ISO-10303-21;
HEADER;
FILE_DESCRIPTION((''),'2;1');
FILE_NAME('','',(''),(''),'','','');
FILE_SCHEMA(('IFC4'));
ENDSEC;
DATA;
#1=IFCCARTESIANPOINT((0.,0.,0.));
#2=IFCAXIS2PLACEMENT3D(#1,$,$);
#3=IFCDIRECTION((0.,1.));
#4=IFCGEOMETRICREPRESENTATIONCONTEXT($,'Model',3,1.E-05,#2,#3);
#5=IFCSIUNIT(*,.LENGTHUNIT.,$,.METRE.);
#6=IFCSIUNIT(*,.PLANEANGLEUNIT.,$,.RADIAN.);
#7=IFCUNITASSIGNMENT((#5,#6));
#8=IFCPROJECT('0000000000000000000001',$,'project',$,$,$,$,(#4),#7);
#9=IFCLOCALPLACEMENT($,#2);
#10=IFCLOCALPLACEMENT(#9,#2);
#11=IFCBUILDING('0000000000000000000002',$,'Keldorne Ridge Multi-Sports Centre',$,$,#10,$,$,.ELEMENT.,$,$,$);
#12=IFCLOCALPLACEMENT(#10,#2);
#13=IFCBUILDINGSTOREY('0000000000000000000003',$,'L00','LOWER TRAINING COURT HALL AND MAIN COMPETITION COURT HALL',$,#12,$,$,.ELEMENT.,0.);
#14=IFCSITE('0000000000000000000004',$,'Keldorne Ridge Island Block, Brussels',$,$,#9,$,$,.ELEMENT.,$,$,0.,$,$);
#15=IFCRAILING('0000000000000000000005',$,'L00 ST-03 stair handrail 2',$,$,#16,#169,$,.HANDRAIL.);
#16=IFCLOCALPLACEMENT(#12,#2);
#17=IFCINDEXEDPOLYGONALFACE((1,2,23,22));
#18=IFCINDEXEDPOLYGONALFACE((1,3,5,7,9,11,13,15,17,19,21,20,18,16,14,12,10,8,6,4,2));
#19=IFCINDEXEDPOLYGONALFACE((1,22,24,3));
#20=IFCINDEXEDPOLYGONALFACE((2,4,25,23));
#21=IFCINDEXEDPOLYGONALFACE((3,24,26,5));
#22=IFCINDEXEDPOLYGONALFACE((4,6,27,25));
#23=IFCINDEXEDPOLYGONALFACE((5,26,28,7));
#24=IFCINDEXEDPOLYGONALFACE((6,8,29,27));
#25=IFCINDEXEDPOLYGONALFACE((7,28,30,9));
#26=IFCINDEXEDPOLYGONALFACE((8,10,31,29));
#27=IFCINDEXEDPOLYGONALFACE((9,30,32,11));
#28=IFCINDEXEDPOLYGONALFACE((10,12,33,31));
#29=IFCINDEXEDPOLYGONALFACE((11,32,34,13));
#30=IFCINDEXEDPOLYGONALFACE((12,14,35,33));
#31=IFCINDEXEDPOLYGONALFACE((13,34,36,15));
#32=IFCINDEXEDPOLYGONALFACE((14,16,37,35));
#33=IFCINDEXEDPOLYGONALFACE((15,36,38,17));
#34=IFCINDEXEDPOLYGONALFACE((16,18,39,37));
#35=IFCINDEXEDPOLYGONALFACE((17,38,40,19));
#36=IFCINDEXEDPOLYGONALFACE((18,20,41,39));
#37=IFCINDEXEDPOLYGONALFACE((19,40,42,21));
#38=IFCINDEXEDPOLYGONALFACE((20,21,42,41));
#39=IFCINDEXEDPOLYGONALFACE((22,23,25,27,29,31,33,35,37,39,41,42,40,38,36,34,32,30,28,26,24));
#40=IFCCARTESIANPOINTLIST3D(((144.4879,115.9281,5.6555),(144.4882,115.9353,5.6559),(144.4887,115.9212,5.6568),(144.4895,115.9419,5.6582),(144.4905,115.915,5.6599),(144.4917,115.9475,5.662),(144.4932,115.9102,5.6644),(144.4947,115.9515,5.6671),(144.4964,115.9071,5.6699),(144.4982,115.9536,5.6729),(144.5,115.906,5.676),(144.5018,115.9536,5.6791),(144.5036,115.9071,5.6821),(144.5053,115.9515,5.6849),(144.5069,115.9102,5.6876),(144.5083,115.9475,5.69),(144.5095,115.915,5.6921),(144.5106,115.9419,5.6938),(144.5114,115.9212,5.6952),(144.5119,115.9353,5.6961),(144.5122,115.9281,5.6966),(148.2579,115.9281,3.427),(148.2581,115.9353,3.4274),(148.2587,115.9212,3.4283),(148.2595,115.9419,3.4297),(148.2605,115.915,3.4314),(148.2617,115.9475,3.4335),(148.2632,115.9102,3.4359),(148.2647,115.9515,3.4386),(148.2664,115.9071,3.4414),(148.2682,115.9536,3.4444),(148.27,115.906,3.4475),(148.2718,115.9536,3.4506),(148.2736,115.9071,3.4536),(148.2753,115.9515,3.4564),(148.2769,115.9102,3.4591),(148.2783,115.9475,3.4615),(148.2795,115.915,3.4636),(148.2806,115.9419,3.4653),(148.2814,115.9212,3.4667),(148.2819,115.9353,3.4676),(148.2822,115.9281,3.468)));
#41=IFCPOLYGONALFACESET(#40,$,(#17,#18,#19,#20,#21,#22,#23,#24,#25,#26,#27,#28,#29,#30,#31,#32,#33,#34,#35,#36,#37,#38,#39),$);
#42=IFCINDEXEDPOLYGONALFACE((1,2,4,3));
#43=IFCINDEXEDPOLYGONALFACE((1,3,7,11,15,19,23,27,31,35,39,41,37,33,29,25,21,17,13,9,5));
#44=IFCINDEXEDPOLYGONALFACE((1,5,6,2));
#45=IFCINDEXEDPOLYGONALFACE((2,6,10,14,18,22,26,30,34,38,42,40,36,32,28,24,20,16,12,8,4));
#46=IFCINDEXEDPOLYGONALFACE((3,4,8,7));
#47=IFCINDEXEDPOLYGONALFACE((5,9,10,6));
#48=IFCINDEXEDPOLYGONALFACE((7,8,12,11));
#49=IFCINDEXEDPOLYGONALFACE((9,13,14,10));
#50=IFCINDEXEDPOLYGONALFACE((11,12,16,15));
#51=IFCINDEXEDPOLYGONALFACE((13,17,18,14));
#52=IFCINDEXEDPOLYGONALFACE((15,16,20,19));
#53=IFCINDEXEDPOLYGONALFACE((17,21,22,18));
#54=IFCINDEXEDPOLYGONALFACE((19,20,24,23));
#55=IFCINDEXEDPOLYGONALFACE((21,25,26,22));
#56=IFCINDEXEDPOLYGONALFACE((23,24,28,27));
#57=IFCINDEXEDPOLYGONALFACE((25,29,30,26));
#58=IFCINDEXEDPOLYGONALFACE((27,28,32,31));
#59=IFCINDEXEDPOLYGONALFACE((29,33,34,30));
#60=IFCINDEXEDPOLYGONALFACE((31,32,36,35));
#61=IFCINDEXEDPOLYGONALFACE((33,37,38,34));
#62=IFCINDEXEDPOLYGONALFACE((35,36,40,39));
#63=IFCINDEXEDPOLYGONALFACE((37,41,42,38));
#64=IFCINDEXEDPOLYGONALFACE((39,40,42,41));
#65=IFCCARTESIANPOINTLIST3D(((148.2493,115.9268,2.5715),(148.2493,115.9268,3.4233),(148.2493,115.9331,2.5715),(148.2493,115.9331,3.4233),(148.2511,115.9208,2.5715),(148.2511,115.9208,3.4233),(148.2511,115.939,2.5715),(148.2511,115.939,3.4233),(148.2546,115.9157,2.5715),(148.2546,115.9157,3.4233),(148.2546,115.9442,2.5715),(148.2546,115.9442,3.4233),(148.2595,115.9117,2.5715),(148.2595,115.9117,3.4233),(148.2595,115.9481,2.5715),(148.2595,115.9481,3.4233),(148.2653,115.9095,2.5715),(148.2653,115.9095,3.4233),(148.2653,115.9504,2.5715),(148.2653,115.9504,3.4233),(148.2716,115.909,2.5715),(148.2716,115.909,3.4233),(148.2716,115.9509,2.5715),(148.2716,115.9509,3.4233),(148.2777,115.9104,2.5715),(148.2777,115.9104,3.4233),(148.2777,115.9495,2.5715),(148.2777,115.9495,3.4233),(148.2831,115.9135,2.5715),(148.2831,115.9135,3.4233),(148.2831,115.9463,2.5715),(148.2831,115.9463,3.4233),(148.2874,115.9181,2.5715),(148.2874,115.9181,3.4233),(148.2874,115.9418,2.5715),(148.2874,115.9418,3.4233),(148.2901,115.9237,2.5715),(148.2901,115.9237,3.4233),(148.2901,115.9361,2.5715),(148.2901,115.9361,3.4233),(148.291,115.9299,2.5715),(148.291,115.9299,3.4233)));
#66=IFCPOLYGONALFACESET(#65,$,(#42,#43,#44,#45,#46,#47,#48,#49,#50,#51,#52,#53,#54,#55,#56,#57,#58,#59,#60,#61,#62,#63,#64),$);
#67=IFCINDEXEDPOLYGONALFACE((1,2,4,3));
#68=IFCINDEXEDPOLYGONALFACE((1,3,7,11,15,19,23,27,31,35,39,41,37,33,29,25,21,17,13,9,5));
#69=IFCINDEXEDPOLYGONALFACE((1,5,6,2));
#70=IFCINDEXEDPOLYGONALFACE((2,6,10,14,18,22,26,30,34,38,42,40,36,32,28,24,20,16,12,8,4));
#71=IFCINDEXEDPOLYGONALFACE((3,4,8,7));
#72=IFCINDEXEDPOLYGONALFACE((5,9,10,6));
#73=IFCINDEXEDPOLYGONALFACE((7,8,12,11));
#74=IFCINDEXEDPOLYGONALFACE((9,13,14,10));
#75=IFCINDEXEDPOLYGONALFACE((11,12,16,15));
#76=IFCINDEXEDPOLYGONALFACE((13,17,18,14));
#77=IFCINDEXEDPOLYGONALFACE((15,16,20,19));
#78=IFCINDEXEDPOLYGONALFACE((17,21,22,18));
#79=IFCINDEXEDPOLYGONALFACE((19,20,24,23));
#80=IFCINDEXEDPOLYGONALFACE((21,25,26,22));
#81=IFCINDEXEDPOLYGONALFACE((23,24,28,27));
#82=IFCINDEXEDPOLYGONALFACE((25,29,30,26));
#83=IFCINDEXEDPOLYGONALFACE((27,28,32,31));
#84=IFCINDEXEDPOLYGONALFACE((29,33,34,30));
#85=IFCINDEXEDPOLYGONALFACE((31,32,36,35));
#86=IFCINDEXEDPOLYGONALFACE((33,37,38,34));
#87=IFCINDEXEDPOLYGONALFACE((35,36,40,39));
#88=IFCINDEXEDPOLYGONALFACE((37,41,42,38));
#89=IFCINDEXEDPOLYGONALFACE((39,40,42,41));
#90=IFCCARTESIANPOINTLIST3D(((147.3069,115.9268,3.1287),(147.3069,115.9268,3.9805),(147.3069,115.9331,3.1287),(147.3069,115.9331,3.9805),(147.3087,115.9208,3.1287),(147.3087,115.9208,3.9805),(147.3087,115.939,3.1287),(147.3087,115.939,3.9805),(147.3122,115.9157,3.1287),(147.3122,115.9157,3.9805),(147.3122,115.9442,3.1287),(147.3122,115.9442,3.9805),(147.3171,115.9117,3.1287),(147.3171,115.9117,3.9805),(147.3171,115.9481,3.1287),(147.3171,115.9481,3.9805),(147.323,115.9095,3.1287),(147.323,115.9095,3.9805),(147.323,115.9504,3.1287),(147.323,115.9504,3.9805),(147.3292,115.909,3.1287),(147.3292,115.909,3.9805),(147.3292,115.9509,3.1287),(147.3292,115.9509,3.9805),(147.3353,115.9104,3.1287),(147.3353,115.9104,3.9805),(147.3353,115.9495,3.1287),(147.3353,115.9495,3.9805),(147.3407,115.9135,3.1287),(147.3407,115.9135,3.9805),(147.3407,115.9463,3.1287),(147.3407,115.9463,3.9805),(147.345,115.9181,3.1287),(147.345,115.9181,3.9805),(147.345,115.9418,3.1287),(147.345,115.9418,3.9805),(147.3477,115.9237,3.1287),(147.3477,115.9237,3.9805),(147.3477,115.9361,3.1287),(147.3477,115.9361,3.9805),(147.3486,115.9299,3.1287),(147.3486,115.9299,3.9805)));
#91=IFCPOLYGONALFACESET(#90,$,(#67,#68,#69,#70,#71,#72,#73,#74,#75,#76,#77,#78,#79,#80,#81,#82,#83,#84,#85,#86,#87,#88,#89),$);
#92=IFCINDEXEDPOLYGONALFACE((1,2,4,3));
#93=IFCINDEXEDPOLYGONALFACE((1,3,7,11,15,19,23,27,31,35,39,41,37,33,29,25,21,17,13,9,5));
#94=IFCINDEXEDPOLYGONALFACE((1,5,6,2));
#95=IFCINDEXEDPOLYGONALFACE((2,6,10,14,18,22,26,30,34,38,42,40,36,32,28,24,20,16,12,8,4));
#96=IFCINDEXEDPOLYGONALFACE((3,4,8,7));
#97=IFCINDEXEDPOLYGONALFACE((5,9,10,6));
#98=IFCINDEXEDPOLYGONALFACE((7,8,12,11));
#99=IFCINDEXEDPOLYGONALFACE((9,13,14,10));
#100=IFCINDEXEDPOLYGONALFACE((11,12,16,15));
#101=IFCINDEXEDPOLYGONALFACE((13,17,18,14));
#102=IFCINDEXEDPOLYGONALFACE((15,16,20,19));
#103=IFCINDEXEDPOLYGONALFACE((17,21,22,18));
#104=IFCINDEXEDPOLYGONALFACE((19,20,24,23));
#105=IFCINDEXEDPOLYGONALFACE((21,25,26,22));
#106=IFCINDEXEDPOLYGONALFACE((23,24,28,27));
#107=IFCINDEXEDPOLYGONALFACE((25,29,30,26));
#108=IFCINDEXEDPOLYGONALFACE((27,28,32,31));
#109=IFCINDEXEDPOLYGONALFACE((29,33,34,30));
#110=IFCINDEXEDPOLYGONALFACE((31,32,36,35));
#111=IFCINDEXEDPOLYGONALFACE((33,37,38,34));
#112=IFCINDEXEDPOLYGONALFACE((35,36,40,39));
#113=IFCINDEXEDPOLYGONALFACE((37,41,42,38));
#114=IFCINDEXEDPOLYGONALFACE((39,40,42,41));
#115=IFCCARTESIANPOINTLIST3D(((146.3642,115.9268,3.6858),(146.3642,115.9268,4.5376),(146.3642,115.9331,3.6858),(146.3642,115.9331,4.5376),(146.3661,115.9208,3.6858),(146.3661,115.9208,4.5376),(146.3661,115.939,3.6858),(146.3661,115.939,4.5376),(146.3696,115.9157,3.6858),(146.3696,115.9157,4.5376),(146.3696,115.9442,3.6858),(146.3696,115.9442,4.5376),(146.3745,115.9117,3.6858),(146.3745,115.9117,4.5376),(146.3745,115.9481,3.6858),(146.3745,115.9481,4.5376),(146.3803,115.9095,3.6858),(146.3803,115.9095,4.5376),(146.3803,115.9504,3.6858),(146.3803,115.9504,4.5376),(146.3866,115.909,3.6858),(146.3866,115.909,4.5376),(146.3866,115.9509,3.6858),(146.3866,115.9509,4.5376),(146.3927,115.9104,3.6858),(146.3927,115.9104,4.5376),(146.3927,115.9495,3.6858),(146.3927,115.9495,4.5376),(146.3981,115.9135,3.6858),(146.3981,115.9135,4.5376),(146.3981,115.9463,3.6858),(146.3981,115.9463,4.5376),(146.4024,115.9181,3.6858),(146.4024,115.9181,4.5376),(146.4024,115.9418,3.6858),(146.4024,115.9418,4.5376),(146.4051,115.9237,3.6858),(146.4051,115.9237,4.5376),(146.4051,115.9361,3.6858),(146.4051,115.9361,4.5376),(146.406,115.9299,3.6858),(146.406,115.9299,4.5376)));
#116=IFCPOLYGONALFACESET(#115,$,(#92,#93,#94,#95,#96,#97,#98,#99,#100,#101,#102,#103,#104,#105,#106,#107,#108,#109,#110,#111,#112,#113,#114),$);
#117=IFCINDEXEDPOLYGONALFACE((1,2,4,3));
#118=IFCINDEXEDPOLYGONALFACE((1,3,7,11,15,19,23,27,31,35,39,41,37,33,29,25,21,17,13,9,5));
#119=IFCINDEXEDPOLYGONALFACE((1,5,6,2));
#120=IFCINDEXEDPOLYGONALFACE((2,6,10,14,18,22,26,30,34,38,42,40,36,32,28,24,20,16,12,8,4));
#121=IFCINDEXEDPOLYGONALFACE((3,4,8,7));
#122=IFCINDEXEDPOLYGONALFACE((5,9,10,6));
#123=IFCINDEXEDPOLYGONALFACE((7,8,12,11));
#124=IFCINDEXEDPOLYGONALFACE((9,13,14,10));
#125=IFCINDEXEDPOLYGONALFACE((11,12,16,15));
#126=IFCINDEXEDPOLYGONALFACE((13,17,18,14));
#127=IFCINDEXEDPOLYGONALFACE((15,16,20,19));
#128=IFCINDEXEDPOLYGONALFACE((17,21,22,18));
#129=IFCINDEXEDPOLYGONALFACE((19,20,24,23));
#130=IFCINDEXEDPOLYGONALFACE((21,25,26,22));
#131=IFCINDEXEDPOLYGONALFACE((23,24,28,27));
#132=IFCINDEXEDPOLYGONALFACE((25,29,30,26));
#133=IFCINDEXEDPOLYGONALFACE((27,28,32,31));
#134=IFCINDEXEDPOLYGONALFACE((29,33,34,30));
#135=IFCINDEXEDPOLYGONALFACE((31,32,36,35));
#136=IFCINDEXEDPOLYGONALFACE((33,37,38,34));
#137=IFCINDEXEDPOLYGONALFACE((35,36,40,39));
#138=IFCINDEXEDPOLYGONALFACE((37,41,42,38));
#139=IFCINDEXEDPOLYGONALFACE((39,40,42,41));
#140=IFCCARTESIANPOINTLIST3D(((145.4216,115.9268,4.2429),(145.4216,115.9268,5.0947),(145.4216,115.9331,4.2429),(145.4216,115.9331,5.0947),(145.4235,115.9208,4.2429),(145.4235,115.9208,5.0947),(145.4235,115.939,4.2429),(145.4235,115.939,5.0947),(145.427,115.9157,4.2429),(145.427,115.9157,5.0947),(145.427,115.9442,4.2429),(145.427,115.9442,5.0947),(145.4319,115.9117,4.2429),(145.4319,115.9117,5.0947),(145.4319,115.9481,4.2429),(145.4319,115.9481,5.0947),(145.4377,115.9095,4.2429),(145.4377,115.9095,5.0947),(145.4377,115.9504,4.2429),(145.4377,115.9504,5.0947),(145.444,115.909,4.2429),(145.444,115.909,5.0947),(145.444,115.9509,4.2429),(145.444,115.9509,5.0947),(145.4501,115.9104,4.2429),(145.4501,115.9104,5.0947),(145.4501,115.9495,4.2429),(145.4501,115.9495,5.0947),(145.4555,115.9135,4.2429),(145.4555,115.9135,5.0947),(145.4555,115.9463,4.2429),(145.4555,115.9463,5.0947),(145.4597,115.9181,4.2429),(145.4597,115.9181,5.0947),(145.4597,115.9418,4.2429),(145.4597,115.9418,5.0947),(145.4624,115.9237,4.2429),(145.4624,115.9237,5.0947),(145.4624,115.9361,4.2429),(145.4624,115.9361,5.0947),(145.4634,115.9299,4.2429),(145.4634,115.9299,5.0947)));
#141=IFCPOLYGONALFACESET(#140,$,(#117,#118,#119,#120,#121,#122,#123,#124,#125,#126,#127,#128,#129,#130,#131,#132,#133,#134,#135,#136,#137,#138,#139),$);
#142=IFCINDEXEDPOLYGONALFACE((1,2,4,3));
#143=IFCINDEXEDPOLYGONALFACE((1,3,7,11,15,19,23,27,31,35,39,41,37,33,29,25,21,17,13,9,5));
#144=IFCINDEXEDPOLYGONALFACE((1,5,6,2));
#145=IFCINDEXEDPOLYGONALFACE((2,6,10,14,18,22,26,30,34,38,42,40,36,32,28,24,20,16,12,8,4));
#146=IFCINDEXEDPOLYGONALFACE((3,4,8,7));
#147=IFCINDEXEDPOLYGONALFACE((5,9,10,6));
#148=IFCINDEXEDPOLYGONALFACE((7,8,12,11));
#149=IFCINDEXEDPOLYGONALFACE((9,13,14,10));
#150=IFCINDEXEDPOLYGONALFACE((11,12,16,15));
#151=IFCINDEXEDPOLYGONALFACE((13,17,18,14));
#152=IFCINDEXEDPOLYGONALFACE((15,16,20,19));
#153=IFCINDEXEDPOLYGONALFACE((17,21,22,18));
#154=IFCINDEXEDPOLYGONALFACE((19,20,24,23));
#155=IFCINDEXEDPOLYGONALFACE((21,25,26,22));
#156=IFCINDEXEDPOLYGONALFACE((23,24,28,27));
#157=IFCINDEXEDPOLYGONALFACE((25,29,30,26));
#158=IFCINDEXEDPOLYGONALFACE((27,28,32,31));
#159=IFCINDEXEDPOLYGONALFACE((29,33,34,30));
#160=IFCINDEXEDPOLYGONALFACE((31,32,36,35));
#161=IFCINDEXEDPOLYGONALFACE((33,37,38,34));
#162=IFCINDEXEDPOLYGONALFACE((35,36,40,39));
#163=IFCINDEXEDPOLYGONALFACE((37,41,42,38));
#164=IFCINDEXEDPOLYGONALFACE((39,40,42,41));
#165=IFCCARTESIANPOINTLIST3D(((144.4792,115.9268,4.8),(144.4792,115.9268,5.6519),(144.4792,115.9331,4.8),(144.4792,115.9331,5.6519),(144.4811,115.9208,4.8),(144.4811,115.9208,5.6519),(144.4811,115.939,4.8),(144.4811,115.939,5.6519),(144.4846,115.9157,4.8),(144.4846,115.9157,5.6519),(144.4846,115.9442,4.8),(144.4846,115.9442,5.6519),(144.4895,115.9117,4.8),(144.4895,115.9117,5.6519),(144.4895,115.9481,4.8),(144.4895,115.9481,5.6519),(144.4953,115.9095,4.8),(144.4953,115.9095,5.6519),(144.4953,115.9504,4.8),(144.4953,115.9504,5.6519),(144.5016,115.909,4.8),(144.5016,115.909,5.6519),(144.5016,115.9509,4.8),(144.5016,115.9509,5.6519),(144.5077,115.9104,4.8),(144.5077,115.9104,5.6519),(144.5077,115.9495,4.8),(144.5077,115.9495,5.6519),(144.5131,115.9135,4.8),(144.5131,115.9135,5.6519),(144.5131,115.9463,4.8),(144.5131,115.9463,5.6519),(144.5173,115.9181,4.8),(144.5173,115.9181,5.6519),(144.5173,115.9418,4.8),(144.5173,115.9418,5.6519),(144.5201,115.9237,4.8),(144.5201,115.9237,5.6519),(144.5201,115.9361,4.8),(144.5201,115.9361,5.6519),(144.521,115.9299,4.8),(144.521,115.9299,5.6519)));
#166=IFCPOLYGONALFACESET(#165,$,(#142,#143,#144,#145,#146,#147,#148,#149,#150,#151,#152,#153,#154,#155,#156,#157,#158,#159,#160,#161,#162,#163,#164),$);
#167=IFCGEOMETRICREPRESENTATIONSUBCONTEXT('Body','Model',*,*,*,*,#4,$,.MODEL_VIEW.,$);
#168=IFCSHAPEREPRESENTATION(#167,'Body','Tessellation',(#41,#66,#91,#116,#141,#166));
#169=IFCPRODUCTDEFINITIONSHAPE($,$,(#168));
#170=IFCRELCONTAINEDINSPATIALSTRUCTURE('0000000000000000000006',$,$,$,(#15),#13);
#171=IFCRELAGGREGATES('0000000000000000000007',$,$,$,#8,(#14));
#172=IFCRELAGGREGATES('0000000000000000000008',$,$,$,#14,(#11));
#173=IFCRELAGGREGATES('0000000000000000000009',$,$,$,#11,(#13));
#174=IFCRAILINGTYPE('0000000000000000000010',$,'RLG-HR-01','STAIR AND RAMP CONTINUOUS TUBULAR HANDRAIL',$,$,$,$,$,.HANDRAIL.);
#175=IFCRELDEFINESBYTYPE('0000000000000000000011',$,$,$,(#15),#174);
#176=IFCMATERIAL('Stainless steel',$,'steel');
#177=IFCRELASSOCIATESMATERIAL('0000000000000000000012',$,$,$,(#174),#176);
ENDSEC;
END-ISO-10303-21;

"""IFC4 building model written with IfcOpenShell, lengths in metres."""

from ifc_helpers import new_model, si_unit, direction, frame, origin, origin_2d, place, context, subcontext, project, spatial, circle, extrude, material, type_object, element, save


model = new_model("IFC4")

# Units and contexts
model_context = context("Model", 3, precision=1e-05, world=origin(), true_north=direction((0.0, 1.0)))
body_context = subcontext(model_context, "Body", "Model", "MODEL_VIEW")
ifc_project = project(units=[si_unit("LENGTHUNIT", "METRE"), si_unit("PLANEANGLEUNIT", "RADIAN")], contexts=[model_context])

# Site, building, storey
site_placement = place(None, origin())
site = spatial("IfcSite", under=ifc_project, at=site_placement, Name="Keldorne Ridge Island Block, Brussels", CompositionType="ELEMENT", RefElevation=0.0)
building_placement = place(site_placement, origin())
building = spatial("IfcBuilding", under=site, at=building_placement, Name="Keldorne Ridge Multi-Sports Centre", CompositionType="ELEMENT")
storey_placement = place(building_placement, origin())
storey = spatial("IfcBuildingStorey", under=building, at=storey_placement, Name="L00", Description="LOWER TRAINING COURT HALL AND MAIN COMPETITION COURT HALL", CompositionType="ELEMENT", Elevation=0.0)

# Railing
ifc_material_1 = material(Name="Stainless steel", Category="steel")
railing_type_1 = type_object("IfcRailingType", Name="RLG-HR-01", Description="STAIR AND RAMP CONTINUOUS TUBULAR HANDRAIL", PredefinedType="HANDRAIL", material=ifc_material_1)
railing_1_placement = place(storey_placement, frame((148.27, 115.9299, 2.5715)))
element("IfcRailing", 1, at=railing_1_placement, inside=storey, type_object=railing_type_1, Name="L00 ST-03 stair handrail 2", PredefinedType="HANDRAIL", context=body_context, shape_type="SweptSolid", body=[
    extrude(circle(Radius=0.0239, at=origin_2d()), frame((0.0, 0.0, 0.876), z_axis=(-0.860849, 0.0, 0.508861), x_axis=(0.0, -1.0, 0.0)), (0.0, 0.0, 1.0), 4.3794),
    extrude(circle(Radius=0.021, at=origin_2d()), origin(), (0.0, 0.0, 1.0), 0.8518),
    extrude(circle(Radius=0.021, at=origin_2d()), frame((-0.9424, 0.0, 0.5571)), (0.0, 0.0, 1.0), 0.8518),
    extrude(circle(Radius=0.021, at=origin_2d()), frame((-1.885, 0.0, 1.1143)), (0.0, 0.0, 1.0), 0.8518),
    extrude(circle(Radius=0.021, at=origin_2d()), frame((-2.8276, 0.0, 1.6714)), (0.0, 0.0, 1.0), 0.8518),
    extrude(circle(Radius=0.021, at=origin_2d()), frame((-3.77, 0.0, 2.2285)), (0.0, 0.0, 1.0), 0.8518),
])

save(model, "model.ifc")
